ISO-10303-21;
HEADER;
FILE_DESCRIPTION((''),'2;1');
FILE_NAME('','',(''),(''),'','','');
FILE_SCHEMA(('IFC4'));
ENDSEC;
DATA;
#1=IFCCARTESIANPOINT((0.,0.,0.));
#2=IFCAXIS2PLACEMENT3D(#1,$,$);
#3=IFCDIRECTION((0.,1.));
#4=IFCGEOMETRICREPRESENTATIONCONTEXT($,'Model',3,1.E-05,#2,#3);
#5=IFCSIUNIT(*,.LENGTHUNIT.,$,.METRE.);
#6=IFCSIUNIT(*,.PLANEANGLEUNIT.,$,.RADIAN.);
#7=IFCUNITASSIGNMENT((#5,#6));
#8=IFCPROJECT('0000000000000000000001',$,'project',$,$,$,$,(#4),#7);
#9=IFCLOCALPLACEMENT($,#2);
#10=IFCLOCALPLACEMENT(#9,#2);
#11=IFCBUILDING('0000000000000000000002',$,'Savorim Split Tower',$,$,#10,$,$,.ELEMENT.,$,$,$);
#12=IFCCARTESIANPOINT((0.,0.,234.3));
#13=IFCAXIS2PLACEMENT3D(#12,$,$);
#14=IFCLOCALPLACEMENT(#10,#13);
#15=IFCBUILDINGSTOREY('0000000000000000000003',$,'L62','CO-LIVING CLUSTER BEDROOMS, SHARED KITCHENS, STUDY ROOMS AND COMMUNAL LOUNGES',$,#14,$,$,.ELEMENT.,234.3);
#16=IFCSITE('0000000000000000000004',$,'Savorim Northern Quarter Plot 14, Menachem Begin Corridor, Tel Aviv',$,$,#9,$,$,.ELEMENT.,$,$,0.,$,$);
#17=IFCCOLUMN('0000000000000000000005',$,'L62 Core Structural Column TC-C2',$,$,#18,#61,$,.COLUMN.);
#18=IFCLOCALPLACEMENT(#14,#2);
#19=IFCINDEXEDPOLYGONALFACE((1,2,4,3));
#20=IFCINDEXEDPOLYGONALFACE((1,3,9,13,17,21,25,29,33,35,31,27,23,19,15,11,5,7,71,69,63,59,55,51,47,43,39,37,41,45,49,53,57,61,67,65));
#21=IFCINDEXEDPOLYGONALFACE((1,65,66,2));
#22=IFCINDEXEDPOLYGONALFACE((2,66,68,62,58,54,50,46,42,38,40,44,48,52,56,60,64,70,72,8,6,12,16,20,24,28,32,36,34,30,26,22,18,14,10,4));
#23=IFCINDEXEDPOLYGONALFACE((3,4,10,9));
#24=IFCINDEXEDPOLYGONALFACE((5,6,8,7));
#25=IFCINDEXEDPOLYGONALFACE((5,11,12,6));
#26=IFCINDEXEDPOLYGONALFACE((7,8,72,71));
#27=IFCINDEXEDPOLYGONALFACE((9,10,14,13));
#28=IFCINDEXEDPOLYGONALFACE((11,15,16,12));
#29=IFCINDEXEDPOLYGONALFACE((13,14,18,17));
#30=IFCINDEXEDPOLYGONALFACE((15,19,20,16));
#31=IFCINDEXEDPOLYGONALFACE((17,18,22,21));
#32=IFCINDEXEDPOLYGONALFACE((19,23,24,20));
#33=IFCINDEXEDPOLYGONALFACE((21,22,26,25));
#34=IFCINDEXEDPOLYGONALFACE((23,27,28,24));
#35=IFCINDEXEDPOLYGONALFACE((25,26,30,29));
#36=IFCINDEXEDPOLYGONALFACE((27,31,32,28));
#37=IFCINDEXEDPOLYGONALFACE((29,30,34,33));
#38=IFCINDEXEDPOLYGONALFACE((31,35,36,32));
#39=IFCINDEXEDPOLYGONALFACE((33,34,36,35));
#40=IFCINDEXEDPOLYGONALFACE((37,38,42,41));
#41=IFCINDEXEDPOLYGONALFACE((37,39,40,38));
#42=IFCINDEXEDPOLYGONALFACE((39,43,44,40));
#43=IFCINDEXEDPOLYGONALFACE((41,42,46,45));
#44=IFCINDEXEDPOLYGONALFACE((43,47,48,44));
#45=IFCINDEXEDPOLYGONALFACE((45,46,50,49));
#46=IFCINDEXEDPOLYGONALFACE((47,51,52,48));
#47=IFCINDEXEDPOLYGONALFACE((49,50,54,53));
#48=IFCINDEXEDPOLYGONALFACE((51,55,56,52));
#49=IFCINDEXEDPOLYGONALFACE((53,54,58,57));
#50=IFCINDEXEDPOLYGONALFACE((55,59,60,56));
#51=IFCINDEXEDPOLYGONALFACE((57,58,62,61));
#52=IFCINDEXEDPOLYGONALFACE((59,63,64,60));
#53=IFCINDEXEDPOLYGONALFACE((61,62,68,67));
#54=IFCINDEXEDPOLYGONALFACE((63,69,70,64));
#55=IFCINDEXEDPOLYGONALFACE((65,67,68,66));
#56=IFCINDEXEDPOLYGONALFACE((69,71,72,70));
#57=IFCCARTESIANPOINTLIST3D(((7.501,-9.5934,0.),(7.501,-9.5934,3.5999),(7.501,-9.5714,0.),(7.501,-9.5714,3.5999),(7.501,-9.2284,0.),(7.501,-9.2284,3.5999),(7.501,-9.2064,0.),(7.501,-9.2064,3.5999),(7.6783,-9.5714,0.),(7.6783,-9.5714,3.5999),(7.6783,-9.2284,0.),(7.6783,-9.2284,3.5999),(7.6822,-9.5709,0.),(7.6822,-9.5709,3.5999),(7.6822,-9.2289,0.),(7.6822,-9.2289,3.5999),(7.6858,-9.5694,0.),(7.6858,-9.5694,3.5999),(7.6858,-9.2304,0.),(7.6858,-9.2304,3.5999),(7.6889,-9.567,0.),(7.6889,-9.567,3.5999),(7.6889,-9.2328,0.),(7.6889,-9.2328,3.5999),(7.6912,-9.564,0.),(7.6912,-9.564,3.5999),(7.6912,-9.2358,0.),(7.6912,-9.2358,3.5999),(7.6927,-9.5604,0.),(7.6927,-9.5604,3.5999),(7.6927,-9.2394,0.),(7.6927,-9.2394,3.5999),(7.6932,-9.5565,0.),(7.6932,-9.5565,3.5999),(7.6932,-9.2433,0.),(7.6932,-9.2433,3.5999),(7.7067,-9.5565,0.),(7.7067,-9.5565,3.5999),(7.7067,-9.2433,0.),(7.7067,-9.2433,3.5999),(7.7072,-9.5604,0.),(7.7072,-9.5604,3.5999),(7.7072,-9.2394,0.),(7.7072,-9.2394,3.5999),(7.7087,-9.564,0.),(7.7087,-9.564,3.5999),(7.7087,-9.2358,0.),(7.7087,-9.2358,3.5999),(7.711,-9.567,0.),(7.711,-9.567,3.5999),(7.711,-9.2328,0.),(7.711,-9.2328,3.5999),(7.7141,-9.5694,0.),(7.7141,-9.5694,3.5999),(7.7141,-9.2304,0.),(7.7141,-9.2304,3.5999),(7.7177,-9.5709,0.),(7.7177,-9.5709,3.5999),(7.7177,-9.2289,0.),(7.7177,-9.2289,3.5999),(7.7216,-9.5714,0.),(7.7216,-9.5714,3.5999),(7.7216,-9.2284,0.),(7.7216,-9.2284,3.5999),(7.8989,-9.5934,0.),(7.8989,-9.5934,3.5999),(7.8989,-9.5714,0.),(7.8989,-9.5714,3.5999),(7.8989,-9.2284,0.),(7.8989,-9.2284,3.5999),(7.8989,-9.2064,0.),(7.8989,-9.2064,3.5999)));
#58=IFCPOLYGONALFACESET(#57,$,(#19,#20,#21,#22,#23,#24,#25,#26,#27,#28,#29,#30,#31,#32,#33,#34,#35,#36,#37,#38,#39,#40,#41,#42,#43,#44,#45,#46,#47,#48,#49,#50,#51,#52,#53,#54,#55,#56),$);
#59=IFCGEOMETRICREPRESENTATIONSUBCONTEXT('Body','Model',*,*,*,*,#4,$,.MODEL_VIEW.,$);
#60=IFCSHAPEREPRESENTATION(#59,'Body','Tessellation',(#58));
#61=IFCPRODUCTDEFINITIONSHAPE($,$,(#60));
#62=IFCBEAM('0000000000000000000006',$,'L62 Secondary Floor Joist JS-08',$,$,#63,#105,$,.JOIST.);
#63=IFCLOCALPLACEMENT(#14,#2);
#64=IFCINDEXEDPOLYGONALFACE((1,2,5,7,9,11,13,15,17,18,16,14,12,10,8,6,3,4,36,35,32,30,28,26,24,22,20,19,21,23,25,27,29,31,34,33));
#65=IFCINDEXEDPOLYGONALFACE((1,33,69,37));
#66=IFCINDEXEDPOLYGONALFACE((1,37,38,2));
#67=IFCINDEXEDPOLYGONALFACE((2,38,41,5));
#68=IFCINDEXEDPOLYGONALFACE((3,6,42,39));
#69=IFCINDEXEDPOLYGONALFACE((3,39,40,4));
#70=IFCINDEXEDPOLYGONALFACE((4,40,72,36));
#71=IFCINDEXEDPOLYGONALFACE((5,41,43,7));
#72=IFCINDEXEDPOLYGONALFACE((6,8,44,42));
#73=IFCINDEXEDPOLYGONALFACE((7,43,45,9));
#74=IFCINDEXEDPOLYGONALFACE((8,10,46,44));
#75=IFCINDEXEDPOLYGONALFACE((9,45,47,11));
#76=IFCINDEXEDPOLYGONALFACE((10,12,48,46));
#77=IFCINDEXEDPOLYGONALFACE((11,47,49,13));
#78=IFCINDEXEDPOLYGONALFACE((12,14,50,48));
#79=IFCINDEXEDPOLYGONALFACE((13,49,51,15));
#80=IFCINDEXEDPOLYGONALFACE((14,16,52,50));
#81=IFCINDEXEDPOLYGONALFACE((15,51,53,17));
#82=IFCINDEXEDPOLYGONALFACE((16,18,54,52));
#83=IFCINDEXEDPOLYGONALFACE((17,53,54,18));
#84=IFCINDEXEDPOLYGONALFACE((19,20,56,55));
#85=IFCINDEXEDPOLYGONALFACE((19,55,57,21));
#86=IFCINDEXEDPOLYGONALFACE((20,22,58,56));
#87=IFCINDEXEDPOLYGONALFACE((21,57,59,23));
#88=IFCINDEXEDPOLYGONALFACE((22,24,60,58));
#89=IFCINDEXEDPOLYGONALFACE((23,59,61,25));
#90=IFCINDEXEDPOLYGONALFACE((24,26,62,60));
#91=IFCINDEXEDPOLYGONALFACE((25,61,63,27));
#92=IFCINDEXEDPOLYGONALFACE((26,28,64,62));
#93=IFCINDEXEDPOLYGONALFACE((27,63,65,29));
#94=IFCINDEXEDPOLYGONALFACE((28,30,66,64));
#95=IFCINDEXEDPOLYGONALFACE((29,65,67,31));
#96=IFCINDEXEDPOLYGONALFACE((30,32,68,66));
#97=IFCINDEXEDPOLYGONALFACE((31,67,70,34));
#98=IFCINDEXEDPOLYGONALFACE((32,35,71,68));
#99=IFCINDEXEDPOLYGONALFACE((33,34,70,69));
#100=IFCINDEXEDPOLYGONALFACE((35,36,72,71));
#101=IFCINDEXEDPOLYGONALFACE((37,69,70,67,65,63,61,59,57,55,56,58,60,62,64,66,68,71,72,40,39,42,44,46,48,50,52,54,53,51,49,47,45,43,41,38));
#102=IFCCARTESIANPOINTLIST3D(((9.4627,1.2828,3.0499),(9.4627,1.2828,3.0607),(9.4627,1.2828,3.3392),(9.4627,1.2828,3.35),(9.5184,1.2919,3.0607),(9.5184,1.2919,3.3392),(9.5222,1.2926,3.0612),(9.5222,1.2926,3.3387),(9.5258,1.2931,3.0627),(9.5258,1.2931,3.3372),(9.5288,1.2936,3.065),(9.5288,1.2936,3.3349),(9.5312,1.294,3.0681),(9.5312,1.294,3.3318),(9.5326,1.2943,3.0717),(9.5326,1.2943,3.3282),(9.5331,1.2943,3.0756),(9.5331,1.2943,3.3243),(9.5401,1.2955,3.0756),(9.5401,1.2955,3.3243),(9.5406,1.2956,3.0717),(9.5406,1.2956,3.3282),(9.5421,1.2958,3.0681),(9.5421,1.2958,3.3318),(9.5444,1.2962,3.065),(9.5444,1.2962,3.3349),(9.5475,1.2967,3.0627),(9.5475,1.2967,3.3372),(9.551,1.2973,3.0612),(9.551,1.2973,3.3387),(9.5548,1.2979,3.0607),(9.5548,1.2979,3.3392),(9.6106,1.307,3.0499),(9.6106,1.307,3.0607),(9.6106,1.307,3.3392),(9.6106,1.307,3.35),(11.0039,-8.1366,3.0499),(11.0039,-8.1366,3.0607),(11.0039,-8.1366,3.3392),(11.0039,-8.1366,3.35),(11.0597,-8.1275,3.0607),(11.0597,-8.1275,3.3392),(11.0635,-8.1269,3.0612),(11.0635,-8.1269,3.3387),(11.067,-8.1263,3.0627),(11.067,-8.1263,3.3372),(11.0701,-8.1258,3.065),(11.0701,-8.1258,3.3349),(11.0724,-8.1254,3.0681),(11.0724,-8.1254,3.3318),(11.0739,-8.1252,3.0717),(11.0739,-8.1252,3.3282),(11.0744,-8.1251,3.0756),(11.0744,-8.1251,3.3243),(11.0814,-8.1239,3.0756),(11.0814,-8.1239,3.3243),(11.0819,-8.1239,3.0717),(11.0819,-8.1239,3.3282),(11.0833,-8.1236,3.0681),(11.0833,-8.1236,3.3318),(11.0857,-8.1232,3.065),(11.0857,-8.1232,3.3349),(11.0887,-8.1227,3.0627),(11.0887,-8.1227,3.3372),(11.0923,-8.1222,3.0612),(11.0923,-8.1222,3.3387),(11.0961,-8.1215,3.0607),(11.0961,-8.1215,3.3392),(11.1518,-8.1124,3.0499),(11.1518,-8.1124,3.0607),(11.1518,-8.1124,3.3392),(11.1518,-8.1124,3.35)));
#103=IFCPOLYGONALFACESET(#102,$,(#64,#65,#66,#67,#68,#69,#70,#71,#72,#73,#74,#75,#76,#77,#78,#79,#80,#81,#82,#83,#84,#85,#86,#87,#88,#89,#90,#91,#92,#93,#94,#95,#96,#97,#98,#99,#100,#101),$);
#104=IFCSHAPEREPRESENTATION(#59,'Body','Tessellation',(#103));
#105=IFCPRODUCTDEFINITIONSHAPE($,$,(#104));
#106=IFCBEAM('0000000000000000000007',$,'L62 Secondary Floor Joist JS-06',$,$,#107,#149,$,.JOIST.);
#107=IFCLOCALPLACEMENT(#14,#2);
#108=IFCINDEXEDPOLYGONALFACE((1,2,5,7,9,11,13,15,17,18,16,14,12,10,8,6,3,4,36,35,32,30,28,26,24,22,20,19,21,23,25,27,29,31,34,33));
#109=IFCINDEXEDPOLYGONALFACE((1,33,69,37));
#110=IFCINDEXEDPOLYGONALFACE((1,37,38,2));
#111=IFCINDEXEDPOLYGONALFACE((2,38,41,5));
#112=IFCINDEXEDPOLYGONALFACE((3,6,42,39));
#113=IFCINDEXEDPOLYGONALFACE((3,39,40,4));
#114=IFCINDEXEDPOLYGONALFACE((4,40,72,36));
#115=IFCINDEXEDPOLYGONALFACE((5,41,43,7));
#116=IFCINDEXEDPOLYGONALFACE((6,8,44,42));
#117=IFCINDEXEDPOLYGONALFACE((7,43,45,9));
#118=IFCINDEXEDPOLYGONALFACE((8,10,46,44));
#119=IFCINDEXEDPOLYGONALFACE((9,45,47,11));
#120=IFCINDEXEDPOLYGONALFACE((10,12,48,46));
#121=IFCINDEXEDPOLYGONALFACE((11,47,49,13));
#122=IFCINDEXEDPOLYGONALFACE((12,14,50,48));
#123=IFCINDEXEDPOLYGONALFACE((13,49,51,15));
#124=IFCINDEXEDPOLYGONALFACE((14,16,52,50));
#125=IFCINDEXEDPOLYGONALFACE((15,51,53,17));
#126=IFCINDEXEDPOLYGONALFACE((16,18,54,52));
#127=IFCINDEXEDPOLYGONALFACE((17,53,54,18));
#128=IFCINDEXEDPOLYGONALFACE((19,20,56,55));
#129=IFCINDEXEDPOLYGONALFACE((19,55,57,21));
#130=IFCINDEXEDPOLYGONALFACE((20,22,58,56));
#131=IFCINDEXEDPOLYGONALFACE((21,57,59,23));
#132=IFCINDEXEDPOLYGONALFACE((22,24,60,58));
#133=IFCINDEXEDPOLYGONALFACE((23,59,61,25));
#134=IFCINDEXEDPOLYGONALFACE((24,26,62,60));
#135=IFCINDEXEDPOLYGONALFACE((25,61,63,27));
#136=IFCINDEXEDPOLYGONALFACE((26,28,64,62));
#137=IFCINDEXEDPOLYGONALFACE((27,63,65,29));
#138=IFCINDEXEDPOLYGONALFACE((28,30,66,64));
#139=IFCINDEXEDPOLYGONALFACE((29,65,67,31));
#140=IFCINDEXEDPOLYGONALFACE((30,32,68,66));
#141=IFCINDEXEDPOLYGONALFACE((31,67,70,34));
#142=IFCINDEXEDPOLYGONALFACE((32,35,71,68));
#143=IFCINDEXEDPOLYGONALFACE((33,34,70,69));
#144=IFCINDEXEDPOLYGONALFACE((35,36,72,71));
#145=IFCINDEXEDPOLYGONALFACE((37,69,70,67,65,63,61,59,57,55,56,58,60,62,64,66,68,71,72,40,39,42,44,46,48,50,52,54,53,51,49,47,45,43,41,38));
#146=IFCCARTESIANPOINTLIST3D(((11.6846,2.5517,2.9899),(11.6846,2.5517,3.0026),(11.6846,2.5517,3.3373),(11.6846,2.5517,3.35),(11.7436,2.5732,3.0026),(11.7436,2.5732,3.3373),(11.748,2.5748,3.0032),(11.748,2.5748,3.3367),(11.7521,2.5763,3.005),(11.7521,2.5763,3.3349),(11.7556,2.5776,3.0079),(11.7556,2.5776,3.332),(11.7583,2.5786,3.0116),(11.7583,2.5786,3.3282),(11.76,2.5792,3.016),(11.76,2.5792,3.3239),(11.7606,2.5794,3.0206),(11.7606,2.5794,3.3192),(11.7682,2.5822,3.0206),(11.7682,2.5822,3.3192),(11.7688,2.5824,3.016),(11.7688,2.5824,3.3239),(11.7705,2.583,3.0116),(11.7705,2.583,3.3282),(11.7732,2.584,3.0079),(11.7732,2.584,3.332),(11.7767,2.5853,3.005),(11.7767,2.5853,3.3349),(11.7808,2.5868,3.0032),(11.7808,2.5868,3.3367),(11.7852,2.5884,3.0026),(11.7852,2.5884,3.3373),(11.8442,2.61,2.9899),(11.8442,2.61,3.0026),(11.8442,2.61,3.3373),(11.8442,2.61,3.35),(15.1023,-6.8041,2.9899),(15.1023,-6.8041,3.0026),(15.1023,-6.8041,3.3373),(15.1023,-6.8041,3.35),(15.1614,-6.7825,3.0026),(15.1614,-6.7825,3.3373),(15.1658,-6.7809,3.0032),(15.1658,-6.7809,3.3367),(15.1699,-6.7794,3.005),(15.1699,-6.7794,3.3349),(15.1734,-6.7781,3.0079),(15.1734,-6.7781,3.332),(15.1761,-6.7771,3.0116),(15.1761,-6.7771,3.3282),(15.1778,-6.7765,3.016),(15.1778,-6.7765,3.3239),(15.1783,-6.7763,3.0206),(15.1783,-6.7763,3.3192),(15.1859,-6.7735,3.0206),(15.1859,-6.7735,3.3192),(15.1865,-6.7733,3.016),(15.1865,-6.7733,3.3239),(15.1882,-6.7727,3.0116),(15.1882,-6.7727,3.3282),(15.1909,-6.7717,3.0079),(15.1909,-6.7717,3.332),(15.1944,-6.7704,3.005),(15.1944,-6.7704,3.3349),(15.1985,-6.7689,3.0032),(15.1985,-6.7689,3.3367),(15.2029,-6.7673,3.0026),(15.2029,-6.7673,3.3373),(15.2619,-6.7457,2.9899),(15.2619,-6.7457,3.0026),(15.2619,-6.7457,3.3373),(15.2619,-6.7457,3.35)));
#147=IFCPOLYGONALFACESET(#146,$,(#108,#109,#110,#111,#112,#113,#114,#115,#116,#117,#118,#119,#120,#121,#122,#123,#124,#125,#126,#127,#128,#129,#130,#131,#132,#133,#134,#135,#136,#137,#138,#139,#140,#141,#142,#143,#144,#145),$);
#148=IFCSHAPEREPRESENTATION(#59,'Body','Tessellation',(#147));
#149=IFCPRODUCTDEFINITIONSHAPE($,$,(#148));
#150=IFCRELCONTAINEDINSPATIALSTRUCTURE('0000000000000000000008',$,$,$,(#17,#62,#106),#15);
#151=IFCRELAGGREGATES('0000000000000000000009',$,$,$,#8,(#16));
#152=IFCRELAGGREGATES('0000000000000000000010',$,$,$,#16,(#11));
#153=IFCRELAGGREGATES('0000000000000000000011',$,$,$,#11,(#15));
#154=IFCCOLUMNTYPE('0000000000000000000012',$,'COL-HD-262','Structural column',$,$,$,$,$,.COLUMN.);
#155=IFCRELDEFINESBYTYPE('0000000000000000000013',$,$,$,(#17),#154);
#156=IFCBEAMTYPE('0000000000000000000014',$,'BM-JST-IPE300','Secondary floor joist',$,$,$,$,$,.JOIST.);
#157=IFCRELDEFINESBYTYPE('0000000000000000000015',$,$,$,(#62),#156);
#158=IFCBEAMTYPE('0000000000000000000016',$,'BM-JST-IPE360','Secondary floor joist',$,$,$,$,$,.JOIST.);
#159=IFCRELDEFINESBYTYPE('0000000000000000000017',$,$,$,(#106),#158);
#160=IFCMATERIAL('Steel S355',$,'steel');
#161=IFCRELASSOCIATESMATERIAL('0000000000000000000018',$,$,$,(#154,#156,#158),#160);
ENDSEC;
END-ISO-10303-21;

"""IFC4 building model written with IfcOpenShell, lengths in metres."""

from ifc_helpers import new_model, si_unit, direction, frame, origin, origin_2d, place, context, subcontext, project, spatial, i_section, extrude, material, material_profile, profile_set, type_object, element, save


model = new_model("IFC4")

# Units and contexts
model_context = context("Model", 3, precision=1e-05, world=origin(), true_north=direction((0.0, 1.0)))
body_context = subcontext(model_context, "Body", "Model", "MODEL_VIEW")
ifc_project = project(units=[si_unit("LENGTHUNIT", "METRE"), si_unit("PLANEANGLEUNIT", "RADIAN")], contexts=[model_context])

# Site, building, storey
site_placement = place(None, origin())
site = spatial("IfcSite", under=ifc_project, at=site_placement, Name="Savorim Northern Quarter Plot 14, Menachem Begin Corridor, Tel Aviv", CompositionType="ELEMENT", RefElevation=0.0)
building_placement = place(site_placement, origin())
building = spatial("IfcBuilding", under=site, at=building_placement, Name="Savorim Split Tower", CompositionType="ELEMENT")
storey_placement = place(building_placement, frame((0.0, 0.0, 234.3)))
storey = spatial("IfcBuildingStorey", under=building, at=storey_placement, Name="L62", Description="CO-LIVING CLUSTER BEDROOMS, SHARED KITCHENS, STUDY ROOMS AND COMMUNAL LOUNGES", CompositionType="ELEMENT", Elevation=234.3)

# Column
ifc_material_1 = material(Name="Steel S355", Category="steel")
ifc_material_profile_1 = material_profile(ifc_material_1, i_section(OverallWidth=0.3979, OverallDepth=0.387, WebThickness=0.0134, FlangeThickness=0.022, FilletRadius=0.0149, at=origin_2d()), Name="HD 400x262")
ifc_profile_set_1 = profile_set([ifc_material_profile_1], Name="Steel S355")
column_type = type_object("IfcColumnType", Name="COL-HD-262", Description="Structural column", PredefinedType="COLUMN", material=ifc_profile_set_1)
column_placement = place(storey_placement, frame((7.7, -9.3999, 0.0), z_axis=(0.0, 0.0, 1.0), x_axis=(1.0, 0.0, 0.0)))
element("IfcColumn", 1, at=column_placement, inside=storey, type_object=column_type, Name="L62 Core Structural Column TC-C2", PredefinedType="COLUMN", context=body_context, shape_type="SweptSolid", body=[
    extrude(i_section(OverallWidth=0.3979, OverallDepth=0.387, WebThickness=0.0134, FlangeThickness=0.022, FilletRadius=0.0149, at=origin_2d()), origin(), (0.0, 0.0, 1.0), 3.5999),
])

# Beams
ifc_material_profile_2 = material_profile(ifc_material_1, i_section(OverallWidth=0.1499, OverallDepth=0.3, WebThickness=0.0071, FlangeThickness=0.0107, FilletRadius=0.0149, at=origin_2d()), Name="IPE 300")
ifc_profile_set_2 = profile_set([ifc_material_profile_2], Name="Steel S355")
beam_type_1 = type_object("IfcBeamType", Name="BM-JST-IPE300", Description="Secondary floor joist", PredefinedType="JOIST", material=ifc_profile_set_2)
beam_1_placement = place(storey_placement, frame((11.0779, -8.1245, 3.2), z_axis=(-0.161478, 0.986876, 0.0), x_axis=(-0.986876, -0.161478, 0.0)))
element("IfcBeam", 2, at=beam_1_placement, inside=storey, type_object=beam_type_1, Name="L62 Secondary Floor Joist JS-08", PredefinedType="JOIST", context=body_context, shape_type="SweptSolid", body=[
    extrude(i_section(OverallWidth=0.1499, OverallDepth=0.3, WebThickness=0.0071, FlangeThickness=0.0107, FilletRadius=0.0149, at=origin_2d()), origin(), (0.0, 0.0, 1.0), 9.5447),
])
ifc_material_profile_3 = material_profile(ifc_material_1, i_section(OverallWidth=0.1699, OverallDepth=0.3601, WebThickness=0.0081, FlangeThickness=0.0127, FilletRadius=0.0181, at=origin_2d()), Name="IPE 360")
ifc_profile_set_3 = profile_set([ifc_material_profile_3], Name="Steel S355")
beam_type_2 = type_object("IfcBeamType", Name="BM-JST-IPE360", Description="Secondary floor joist", PredefinedType="JOIST", material=ifc_profile_set_3)
beam_2_placement = place(storey_placement, frame((15.1821, -6.7749, 3.1699), z_axis=(-0.34313, 0.939288, 0.0), x_axis=(-0.939288, -0.34313, 0.0)))
element("IfcBeam", 3, at=beam_2_placement, inside=storey, type_object=beam_type_2, Name="L62 Secondary Floor Joist JS-06", PredefinedType="JOIST", context=body_context, shape_type="SweptSolid", body=[
    extrude(i_section(OverallWidth=0.1699, OverallDepth=0.3601, WebThickness=0.0081, FlangeThickness=0.0127, FilletRadius=0.0181, at=origin_2d()), origin(), (0.0, 0.0, 1.0), 9.9604),
])

save(model, "model.ifc")
